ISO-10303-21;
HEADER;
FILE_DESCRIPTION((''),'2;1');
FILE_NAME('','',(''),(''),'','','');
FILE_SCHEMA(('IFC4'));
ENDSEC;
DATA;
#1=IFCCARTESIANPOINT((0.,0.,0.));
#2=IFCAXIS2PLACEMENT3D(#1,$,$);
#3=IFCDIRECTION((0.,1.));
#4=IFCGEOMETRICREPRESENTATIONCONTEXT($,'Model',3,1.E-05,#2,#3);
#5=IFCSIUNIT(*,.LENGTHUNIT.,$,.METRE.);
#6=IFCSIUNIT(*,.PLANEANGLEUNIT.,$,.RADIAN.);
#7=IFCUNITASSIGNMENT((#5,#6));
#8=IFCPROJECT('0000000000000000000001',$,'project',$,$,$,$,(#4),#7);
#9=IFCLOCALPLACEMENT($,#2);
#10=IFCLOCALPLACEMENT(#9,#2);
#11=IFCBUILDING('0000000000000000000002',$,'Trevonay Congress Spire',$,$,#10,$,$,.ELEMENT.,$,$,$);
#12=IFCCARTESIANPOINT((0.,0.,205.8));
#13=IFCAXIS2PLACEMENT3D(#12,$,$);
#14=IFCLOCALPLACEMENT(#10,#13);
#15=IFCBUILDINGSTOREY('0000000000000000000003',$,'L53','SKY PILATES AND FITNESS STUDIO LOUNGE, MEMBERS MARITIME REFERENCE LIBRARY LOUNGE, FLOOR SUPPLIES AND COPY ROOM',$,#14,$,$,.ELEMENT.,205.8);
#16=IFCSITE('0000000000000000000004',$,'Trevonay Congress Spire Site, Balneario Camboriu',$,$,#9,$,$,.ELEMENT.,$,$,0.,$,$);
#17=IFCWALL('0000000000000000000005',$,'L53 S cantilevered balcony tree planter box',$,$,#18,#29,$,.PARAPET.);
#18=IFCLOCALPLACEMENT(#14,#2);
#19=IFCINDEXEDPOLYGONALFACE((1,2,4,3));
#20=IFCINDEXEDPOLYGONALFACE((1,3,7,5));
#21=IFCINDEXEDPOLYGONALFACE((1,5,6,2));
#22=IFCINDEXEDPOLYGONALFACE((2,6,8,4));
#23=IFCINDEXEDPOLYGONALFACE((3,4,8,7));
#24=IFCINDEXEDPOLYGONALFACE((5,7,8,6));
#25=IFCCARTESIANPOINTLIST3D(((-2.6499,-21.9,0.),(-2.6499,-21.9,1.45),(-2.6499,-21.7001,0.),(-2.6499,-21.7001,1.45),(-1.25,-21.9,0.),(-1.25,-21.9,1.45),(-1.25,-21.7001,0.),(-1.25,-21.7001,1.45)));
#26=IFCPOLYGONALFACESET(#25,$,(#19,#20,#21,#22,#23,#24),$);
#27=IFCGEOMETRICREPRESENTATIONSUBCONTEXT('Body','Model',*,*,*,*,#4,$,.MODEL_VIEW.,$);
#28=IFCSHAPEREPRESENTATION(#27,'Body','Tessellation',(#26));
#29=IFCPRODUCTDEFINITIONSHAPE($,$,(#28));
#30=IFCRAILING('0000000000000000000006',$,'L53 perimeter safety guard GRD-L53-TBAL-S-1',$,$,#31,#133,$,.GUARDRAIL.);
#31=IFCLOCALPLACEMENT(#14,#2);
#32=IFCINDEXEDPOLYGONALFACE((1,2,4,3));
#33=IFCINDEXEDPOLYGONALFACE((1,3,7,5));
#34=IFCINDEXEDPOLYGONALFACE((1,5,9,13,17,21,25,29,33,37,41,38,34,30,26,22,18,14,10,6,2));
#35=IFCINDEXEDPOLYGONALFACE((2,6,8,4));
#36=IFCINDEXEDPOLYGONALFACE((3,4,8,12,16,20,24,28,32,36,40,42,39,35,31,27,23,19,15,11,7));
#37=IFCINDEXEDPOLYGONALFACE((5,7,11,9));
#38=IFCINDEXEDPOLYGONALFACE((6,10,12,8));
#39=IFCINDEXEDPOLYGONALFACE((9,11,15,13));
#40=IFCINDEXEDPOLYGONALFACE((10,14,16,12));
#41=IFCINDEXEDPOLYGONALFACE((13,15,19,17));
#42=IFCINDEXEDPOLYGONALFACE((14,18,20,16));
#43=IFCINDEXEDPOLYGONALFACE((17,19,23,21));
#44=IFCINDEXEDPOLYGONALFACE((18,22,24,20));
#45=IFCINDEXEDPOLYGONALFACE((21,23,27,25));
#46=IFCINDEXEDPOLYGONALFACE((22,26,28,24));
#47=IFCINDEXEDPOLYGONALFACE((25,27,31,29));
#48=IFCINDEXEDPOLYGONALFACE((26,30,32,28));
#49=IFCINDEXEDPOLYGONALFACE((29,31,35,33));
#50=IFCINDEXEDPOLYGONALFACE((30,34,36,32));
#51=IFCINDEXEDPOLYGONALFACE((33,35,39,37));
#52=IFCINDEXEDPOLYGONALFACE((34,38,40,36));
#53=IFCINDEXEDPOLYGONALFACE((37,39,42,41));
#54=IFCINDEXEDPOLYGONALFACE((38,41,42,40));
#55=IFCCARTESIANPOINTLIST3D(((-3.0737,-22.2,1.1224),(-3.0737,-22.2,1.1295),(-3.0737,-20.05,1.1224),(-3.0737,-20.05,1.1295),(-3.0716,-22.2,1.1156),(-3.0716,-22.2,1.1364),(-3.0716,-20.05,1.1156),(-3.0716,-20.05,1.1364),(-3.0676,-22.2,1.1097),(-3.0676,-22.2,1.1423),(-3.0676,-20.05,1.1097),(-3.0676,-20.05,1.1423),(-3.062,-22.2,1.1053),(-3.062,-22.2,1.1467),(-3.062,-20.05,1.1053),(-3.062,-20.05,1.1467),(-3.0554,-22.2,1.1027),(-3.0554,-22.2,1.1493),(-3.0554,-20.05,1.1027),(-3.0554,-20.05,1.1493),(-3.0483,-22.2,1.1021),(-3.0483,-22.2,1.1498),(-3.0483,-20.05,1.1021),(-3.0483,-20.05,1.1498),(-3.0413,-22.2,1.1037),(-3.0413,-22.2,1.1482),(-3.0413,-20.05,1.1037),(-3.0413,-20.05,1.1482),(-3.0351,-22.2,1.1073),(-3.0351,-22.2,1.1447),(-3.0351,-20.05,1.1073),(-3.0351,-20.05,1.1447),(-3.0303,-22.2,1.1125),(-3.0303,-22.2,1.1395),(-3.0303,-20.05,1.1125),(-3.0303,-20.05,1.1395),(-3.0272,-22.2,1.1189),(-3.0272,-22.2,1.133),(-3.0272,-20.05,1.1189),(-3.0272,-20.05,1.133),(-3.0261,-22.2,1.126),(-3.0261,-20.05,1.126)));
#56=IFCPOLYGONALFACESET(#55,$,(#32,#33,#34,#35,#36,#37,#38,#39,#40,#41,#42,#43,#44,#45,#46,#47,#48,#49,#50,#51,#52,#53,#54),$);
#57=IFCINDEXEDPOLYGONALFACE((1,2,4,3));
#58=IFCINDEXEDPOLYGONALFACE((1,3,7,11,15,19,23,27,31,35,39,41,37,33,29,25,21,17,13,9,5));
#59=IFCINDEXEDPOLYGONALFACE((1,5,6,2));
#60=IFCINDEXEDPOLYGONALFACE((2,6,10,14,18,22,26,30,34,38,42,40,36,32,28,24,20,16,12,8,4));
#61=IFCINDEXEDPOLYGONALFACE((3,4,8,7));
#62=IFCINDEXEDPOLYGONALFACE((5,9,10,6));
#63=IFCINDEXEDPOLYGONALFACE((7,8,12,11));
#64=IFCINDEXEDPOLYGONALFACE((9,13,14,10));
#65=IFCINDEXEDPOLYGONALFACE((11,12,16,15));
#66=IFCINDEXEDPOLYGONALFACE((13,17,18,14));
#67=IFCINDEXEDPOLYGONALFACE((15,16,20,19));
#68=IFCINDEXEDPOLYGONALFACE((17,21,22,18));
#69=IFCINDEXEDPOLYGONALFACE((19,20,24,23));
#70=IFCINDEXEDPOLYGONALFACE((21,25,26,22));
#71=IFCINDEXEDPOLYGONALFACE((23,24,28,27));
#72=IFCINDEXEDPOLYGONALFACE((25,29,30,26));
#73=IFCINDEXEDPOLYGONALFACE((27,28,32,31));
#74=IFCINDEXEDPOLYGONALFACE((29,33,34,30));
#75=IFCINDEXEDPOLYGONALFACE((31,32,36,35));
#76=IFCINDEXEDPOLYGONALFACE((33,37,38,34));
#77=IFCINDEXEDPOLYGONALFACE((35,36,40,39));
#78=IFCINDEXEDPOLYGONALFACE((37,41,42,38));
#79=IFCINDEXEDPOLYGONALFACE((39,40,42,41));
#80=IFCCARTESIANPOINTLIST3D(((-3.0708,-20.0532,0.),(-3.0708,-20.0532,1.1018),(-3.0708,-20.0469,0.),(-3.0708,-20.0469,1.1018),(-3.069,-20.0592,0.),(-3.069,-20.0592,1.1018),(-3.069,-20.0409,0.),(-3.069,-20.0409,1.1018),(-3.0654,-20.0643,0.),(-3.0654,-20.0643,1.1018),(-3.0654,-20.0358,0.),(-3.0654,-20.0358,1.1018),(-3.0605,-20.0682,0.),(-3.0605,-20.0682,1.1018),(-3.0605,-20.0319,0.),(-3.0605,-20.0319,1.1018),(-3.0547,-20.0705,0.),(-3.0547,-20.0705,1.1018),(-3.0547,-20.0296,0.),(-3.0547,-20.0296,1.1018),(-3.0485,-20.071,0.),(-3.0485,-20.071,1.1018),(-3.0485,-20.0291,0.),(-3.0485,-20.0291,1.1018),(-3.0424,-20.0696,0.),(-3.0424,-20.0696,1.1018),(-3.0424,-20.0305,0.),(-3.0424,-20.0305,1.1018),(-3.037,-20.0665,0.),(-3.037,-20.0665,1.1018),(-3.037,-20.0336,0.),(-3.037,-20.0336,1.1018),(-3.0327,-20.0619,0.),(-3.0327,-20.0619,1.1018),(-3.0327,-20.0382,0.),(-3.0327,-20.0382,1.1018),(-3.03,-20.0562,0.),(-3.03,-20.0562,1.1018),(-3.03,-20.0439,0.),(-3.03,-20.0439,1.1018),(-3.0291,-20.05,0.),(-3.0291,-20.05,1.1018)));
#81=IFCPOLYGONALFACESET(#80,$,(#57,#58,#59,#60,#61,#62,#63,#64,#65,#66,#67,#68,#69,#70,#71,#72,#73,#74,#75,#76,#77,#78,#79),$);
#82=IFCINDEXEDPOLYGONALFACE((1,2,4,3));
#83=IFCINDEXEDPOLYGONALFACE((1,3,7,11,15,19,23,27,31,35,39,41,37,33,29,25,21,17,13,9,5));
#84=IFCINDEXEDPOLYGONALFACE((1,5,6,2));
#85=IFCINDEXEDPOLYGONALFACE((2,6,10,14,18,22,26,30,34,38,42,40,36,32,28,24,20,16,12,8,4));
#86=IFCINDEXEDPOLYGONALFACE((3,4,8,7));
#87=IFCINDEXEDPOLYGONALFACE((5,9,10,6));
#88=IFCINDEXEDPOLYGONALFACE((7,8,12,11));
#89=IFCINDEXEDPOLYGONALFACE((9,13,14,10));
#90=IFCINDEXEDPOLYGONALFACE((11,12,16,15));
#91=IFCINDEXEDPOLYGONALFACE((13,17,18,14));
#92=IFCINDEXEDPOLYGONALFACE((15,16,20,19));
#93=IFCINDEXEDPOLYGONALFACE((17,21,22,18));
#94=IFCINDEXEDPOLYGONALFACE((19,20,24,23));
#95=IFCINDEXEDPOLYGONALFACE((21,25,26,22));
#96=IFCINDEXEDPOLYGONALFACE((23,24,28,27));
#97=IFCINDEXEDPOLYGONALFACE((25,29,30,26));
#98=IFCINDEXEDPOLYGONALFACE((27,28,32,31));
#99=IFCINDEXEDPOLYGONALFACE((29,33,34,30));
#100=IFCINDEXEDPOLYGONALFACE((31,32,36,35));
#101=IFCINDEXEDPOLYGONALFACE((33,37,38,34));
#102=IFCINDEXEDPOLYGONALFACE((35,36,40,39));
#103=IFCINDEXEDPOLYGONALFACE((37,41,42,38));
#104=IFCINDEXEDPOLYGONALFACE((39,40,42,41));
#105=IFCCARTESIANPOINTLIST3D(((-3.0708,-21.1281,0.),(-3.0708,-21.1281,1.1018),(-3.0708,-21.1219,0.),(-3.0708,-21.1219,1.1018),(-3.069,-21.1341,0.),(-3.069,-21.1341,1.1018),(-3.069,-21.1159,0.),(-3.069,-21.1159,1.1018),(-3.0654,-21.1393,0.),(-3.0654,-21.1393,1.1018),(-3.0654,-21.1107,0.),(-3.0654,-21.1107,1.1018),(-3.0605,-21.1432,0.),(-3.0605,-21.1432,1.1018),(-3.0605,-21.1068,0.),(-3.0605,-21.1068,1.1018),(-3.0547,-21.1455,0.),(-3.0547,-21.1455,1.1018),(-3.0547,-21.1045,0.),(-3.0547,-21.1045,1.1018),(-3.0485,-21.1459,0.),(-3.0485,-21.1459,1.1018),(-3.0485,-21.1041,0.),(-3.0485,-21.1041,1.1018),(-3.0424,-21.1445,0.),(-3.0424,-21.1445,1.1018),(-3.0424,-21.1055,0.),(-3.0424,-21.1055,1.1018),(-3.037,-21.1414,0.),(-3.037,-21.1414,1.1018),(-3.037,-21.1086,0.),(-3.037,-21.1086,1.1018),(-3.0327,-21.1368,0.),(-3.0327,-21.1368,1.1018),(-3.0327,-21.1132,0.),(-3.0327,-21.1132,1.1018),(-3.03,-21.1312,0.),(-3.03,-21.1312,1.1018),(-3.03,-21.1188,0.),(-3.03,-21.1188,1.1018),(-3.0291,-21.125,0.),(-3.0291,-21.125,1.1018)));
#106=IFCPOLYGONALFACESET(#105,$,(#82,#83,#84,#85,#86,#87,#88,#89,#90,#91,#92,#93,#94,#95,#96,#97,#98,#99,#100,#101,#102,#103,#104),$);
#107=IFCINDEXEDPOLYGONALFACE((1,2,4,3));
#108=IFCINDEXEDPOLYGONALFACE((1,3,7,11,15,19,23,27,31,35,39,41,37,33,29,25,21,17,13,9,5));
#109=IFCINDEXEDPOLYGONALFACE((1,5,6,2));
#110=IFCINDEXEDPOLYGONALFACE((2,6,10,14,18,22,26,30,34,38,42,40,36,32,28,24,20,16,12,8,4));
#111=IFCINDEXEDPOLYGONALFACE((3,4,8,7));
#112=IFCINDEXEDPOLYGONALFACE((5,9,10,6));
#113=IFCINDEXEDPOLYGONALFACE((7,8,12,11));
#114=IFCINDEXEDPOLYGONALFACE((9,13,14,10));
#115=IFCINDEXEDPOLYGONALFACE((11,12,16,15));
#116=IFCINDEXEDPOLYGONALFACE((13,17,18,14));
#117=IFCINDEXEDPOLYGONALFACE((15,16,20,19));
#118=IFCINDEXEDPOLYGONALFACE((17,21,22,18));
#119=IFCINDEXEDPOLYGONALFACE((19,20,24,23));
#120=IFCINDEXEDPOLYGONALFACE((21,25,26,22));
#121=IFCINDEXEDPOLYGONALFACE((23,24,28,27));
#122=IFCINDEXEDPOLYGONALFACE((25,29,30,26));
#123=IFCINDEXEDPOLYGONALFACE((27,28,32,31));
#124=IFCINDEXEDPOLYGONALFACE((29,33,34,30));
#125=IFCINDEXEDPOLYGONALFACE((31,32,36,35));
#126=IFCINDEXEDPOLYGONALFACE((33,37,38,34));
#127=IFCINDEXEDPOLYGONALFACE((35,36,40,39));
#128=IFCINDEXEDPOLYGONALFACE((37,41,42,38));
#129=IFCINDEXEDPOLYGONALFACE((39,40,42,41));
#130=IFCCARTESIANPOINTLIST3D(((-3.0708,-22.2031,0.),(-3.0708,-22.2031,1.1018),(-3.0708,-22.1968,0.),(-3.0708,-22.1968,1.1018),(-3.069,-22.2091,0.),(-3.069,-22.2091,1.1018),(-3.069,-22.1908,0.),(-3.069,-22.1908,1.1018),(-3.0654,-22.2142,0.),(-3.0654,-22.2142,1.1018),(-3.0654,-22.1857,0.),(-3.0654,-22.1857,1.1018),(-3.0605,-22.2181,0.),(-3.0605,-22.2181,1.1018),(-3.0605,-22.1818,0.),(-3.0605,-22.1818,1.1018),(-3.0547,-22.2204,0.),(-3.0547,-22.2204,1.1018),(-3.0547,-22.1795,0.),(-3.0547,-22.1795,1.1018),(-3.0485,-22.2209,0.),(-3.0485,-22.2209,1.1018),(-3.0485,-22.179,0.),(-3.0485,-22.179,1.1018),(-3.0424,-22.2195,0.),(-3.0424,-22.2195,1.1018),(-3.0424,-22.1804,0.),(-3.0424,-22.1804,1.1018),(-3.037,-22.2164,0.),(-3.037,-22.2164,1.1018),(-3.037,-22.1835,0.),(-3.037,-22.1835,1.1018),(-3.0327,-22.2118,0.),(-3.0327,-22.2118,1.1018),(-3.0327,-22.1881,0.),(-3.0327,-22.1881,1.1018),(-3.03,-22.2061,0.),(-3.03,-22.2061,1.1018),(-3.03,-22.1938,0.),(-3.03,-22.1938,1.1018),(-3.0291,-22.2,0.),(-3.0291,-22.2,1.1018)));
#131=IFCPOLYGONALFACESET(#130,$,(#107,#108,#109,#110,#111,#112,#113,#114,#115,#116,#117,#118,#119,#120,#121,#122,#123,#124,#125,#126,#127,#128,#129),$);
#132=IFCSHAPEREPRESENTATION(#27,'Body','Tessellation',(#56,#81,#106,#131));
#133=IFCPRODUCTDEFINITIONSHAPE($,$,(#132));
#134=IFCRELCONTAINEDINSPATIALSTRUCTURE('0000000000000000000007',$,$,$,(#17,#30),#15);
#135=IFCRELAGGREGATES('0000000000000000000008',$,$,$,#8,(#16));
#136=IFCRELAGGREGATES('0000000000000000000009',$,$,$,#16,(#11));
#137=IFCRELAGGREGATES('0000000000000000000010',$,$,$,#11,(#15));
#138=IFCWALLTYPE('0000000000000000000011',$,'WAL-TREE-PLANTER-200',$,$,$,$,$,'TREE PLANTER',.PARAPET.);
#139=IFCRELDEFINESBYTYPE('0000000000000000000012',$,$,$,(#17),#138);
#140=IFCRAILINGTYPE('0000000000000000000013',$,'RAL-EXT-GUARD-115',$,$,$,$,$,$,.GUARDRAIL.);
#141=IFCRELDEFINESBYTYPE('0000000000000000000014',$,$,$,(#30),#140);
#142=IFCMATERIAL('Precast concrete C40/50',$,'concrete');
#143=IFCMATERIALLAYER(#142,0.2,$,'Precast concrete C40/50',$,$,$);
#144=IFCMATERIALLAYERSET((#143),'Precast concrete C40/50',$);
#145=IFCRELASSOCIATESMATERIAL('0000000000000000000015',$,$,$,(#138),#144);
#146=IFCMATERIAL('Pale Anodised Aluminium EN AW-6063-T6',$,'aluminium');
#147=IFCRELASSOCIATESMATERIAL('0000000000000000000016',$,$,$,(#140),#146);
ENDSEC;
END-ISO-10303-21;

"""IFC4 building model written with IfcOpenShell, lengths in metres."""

from ifc_helpers import new_model, si_unit, direction, frame, frame_2d, origin, origin_2d, place, context, subcontext, project, spatial, rectangle, circle, extrude, material, layer, layer_set, type_object, element, save


model = new_model("IFC4")

# Units and contexts
model_context = context("Model", 3, precision=1e-05, world=origin(), true_north=direction((0.0, 1.0)))
body_context = subcontext(model_context, "Body", "Model", "MODEL_VIEW")
ifc_project = project(units=[si_unit("LENGTHUNIT", "METRE"), si_unit("PLANEANGLEUNIT", "RADIAN")], contexts=[model_context])

# Site, building, storey
site_placement = place(None, origin())
site = spatial("IfcSite", under=ifc_project, at=site_placement, Name="Trevonay Congress Spire Site, Balneario Camboriu", CompositionType="ELEMENT", RefElevation=0.0)
building_placement = place(site_placement, origin())
building = spatial("IfcBuilding", under=site, at=building_placement, Name="Trevonay Congress Spire", CompositionType="ELEMENT")
storey_placement = place(building_placement, frame((0.0, 0.0, 205.8)))
storey = spatial("IfcBuildingStorey", under=building, at=storey_placement, Name="L53", Description="SKY PILATES AND FITNESS STUDIO LOUNGE, MEMBERS MARITIME REFERENCE LIBRARY LOUNGE, FLOOR SUPPLIES AND COPY ROOM", CompositionType="ELEMENT", Elevation=205.8)

# Shared definitions
ifc_material_1 = material(Name="Pale Anodised Aluminium EN AW-6063-T6", Category="aluminium")

# Shared definitions
ifc_material_2 = material(Name="Precast concrete C40/50", Category="concrete")

# Wall
ifc_layer_1 = layer(ifc_material_2, 0.2, Name="Precast concrete C40/50")
ifc_layer_set_1 = layer_set([ifc_layer_1], Name="Precast concrete C40/50")
wall_type_1 = type_object("IfcWallType", Name="WAL-TREE-PLANTER-200", ElementType="TREE PLANTER", PredefinedType="PARAPET", material=ifc_layer_set_1)
wall_1_placement = place(storey_placement, frame((-2.6499, -21.8, 0.0), z_axis=(0.0, 0.0, 1.0), x_axis=(1.0, 0.0, 0.0)))
element("IfcWall", 1, at=wall_1_placement, inside=storey, type_object=wall_type_1, Name="L53 S cantilevered balcony tree planter box", PredefinedType="PARAPET", context=body_context, shape_type="SweptSolid", body=[
    extrude(rectangle(XDim=1.3999, YDim=0.2, at=frame_2d((0.7, 0.0))), origin(), (0.0, 0.0, 1.0), 1.45),
])

# Railing
railing_type = type_object("IfcRailingType", Name="RAL-EXT-GUARD-115", PredefinedType="GUARDRAIL", material=ifc_material_1)
railing_1_placement = place(storey_placement, frame((-3.05, -20.05, 0.0)))
element("IfcRailing", 2, at=railing_1_placement, inside=storey, type_object=railing_type, Name="L53 perimeter safety guard GRD-L53-TBAL-S-1", PredefinedType="GUARDRAIL", context=body_context, shape_type="SweptSolid", body=[
    extrude(circle(Radius=0.0239, at=origin_2d()), frame((0.0, 0.0, 1.126), z_axis=(0.0, -1.0, 0.0), x_axis=(1.0, 0.0, 0.0)), (0.0, 0.0, 1.0), 2.1499),
    extrude(circle(Radius=0.021, at=origin_2d()), origin(), (0.0, 0.0, 1.0), 1.1018),
    extrude(circle(Radius=0.021, at=origin_2d()), frame((0.0, -1.075, 0.0)), (0.0, 0.0, 1.0), 1.1018),
    extrude(circle(Radius=0.021, at=origin_2d()), frame((0.0, -2.1499, 0.0)), (0.0, 0.0, 1.0), 1.1018),
])

save(model, "model.ifc")
